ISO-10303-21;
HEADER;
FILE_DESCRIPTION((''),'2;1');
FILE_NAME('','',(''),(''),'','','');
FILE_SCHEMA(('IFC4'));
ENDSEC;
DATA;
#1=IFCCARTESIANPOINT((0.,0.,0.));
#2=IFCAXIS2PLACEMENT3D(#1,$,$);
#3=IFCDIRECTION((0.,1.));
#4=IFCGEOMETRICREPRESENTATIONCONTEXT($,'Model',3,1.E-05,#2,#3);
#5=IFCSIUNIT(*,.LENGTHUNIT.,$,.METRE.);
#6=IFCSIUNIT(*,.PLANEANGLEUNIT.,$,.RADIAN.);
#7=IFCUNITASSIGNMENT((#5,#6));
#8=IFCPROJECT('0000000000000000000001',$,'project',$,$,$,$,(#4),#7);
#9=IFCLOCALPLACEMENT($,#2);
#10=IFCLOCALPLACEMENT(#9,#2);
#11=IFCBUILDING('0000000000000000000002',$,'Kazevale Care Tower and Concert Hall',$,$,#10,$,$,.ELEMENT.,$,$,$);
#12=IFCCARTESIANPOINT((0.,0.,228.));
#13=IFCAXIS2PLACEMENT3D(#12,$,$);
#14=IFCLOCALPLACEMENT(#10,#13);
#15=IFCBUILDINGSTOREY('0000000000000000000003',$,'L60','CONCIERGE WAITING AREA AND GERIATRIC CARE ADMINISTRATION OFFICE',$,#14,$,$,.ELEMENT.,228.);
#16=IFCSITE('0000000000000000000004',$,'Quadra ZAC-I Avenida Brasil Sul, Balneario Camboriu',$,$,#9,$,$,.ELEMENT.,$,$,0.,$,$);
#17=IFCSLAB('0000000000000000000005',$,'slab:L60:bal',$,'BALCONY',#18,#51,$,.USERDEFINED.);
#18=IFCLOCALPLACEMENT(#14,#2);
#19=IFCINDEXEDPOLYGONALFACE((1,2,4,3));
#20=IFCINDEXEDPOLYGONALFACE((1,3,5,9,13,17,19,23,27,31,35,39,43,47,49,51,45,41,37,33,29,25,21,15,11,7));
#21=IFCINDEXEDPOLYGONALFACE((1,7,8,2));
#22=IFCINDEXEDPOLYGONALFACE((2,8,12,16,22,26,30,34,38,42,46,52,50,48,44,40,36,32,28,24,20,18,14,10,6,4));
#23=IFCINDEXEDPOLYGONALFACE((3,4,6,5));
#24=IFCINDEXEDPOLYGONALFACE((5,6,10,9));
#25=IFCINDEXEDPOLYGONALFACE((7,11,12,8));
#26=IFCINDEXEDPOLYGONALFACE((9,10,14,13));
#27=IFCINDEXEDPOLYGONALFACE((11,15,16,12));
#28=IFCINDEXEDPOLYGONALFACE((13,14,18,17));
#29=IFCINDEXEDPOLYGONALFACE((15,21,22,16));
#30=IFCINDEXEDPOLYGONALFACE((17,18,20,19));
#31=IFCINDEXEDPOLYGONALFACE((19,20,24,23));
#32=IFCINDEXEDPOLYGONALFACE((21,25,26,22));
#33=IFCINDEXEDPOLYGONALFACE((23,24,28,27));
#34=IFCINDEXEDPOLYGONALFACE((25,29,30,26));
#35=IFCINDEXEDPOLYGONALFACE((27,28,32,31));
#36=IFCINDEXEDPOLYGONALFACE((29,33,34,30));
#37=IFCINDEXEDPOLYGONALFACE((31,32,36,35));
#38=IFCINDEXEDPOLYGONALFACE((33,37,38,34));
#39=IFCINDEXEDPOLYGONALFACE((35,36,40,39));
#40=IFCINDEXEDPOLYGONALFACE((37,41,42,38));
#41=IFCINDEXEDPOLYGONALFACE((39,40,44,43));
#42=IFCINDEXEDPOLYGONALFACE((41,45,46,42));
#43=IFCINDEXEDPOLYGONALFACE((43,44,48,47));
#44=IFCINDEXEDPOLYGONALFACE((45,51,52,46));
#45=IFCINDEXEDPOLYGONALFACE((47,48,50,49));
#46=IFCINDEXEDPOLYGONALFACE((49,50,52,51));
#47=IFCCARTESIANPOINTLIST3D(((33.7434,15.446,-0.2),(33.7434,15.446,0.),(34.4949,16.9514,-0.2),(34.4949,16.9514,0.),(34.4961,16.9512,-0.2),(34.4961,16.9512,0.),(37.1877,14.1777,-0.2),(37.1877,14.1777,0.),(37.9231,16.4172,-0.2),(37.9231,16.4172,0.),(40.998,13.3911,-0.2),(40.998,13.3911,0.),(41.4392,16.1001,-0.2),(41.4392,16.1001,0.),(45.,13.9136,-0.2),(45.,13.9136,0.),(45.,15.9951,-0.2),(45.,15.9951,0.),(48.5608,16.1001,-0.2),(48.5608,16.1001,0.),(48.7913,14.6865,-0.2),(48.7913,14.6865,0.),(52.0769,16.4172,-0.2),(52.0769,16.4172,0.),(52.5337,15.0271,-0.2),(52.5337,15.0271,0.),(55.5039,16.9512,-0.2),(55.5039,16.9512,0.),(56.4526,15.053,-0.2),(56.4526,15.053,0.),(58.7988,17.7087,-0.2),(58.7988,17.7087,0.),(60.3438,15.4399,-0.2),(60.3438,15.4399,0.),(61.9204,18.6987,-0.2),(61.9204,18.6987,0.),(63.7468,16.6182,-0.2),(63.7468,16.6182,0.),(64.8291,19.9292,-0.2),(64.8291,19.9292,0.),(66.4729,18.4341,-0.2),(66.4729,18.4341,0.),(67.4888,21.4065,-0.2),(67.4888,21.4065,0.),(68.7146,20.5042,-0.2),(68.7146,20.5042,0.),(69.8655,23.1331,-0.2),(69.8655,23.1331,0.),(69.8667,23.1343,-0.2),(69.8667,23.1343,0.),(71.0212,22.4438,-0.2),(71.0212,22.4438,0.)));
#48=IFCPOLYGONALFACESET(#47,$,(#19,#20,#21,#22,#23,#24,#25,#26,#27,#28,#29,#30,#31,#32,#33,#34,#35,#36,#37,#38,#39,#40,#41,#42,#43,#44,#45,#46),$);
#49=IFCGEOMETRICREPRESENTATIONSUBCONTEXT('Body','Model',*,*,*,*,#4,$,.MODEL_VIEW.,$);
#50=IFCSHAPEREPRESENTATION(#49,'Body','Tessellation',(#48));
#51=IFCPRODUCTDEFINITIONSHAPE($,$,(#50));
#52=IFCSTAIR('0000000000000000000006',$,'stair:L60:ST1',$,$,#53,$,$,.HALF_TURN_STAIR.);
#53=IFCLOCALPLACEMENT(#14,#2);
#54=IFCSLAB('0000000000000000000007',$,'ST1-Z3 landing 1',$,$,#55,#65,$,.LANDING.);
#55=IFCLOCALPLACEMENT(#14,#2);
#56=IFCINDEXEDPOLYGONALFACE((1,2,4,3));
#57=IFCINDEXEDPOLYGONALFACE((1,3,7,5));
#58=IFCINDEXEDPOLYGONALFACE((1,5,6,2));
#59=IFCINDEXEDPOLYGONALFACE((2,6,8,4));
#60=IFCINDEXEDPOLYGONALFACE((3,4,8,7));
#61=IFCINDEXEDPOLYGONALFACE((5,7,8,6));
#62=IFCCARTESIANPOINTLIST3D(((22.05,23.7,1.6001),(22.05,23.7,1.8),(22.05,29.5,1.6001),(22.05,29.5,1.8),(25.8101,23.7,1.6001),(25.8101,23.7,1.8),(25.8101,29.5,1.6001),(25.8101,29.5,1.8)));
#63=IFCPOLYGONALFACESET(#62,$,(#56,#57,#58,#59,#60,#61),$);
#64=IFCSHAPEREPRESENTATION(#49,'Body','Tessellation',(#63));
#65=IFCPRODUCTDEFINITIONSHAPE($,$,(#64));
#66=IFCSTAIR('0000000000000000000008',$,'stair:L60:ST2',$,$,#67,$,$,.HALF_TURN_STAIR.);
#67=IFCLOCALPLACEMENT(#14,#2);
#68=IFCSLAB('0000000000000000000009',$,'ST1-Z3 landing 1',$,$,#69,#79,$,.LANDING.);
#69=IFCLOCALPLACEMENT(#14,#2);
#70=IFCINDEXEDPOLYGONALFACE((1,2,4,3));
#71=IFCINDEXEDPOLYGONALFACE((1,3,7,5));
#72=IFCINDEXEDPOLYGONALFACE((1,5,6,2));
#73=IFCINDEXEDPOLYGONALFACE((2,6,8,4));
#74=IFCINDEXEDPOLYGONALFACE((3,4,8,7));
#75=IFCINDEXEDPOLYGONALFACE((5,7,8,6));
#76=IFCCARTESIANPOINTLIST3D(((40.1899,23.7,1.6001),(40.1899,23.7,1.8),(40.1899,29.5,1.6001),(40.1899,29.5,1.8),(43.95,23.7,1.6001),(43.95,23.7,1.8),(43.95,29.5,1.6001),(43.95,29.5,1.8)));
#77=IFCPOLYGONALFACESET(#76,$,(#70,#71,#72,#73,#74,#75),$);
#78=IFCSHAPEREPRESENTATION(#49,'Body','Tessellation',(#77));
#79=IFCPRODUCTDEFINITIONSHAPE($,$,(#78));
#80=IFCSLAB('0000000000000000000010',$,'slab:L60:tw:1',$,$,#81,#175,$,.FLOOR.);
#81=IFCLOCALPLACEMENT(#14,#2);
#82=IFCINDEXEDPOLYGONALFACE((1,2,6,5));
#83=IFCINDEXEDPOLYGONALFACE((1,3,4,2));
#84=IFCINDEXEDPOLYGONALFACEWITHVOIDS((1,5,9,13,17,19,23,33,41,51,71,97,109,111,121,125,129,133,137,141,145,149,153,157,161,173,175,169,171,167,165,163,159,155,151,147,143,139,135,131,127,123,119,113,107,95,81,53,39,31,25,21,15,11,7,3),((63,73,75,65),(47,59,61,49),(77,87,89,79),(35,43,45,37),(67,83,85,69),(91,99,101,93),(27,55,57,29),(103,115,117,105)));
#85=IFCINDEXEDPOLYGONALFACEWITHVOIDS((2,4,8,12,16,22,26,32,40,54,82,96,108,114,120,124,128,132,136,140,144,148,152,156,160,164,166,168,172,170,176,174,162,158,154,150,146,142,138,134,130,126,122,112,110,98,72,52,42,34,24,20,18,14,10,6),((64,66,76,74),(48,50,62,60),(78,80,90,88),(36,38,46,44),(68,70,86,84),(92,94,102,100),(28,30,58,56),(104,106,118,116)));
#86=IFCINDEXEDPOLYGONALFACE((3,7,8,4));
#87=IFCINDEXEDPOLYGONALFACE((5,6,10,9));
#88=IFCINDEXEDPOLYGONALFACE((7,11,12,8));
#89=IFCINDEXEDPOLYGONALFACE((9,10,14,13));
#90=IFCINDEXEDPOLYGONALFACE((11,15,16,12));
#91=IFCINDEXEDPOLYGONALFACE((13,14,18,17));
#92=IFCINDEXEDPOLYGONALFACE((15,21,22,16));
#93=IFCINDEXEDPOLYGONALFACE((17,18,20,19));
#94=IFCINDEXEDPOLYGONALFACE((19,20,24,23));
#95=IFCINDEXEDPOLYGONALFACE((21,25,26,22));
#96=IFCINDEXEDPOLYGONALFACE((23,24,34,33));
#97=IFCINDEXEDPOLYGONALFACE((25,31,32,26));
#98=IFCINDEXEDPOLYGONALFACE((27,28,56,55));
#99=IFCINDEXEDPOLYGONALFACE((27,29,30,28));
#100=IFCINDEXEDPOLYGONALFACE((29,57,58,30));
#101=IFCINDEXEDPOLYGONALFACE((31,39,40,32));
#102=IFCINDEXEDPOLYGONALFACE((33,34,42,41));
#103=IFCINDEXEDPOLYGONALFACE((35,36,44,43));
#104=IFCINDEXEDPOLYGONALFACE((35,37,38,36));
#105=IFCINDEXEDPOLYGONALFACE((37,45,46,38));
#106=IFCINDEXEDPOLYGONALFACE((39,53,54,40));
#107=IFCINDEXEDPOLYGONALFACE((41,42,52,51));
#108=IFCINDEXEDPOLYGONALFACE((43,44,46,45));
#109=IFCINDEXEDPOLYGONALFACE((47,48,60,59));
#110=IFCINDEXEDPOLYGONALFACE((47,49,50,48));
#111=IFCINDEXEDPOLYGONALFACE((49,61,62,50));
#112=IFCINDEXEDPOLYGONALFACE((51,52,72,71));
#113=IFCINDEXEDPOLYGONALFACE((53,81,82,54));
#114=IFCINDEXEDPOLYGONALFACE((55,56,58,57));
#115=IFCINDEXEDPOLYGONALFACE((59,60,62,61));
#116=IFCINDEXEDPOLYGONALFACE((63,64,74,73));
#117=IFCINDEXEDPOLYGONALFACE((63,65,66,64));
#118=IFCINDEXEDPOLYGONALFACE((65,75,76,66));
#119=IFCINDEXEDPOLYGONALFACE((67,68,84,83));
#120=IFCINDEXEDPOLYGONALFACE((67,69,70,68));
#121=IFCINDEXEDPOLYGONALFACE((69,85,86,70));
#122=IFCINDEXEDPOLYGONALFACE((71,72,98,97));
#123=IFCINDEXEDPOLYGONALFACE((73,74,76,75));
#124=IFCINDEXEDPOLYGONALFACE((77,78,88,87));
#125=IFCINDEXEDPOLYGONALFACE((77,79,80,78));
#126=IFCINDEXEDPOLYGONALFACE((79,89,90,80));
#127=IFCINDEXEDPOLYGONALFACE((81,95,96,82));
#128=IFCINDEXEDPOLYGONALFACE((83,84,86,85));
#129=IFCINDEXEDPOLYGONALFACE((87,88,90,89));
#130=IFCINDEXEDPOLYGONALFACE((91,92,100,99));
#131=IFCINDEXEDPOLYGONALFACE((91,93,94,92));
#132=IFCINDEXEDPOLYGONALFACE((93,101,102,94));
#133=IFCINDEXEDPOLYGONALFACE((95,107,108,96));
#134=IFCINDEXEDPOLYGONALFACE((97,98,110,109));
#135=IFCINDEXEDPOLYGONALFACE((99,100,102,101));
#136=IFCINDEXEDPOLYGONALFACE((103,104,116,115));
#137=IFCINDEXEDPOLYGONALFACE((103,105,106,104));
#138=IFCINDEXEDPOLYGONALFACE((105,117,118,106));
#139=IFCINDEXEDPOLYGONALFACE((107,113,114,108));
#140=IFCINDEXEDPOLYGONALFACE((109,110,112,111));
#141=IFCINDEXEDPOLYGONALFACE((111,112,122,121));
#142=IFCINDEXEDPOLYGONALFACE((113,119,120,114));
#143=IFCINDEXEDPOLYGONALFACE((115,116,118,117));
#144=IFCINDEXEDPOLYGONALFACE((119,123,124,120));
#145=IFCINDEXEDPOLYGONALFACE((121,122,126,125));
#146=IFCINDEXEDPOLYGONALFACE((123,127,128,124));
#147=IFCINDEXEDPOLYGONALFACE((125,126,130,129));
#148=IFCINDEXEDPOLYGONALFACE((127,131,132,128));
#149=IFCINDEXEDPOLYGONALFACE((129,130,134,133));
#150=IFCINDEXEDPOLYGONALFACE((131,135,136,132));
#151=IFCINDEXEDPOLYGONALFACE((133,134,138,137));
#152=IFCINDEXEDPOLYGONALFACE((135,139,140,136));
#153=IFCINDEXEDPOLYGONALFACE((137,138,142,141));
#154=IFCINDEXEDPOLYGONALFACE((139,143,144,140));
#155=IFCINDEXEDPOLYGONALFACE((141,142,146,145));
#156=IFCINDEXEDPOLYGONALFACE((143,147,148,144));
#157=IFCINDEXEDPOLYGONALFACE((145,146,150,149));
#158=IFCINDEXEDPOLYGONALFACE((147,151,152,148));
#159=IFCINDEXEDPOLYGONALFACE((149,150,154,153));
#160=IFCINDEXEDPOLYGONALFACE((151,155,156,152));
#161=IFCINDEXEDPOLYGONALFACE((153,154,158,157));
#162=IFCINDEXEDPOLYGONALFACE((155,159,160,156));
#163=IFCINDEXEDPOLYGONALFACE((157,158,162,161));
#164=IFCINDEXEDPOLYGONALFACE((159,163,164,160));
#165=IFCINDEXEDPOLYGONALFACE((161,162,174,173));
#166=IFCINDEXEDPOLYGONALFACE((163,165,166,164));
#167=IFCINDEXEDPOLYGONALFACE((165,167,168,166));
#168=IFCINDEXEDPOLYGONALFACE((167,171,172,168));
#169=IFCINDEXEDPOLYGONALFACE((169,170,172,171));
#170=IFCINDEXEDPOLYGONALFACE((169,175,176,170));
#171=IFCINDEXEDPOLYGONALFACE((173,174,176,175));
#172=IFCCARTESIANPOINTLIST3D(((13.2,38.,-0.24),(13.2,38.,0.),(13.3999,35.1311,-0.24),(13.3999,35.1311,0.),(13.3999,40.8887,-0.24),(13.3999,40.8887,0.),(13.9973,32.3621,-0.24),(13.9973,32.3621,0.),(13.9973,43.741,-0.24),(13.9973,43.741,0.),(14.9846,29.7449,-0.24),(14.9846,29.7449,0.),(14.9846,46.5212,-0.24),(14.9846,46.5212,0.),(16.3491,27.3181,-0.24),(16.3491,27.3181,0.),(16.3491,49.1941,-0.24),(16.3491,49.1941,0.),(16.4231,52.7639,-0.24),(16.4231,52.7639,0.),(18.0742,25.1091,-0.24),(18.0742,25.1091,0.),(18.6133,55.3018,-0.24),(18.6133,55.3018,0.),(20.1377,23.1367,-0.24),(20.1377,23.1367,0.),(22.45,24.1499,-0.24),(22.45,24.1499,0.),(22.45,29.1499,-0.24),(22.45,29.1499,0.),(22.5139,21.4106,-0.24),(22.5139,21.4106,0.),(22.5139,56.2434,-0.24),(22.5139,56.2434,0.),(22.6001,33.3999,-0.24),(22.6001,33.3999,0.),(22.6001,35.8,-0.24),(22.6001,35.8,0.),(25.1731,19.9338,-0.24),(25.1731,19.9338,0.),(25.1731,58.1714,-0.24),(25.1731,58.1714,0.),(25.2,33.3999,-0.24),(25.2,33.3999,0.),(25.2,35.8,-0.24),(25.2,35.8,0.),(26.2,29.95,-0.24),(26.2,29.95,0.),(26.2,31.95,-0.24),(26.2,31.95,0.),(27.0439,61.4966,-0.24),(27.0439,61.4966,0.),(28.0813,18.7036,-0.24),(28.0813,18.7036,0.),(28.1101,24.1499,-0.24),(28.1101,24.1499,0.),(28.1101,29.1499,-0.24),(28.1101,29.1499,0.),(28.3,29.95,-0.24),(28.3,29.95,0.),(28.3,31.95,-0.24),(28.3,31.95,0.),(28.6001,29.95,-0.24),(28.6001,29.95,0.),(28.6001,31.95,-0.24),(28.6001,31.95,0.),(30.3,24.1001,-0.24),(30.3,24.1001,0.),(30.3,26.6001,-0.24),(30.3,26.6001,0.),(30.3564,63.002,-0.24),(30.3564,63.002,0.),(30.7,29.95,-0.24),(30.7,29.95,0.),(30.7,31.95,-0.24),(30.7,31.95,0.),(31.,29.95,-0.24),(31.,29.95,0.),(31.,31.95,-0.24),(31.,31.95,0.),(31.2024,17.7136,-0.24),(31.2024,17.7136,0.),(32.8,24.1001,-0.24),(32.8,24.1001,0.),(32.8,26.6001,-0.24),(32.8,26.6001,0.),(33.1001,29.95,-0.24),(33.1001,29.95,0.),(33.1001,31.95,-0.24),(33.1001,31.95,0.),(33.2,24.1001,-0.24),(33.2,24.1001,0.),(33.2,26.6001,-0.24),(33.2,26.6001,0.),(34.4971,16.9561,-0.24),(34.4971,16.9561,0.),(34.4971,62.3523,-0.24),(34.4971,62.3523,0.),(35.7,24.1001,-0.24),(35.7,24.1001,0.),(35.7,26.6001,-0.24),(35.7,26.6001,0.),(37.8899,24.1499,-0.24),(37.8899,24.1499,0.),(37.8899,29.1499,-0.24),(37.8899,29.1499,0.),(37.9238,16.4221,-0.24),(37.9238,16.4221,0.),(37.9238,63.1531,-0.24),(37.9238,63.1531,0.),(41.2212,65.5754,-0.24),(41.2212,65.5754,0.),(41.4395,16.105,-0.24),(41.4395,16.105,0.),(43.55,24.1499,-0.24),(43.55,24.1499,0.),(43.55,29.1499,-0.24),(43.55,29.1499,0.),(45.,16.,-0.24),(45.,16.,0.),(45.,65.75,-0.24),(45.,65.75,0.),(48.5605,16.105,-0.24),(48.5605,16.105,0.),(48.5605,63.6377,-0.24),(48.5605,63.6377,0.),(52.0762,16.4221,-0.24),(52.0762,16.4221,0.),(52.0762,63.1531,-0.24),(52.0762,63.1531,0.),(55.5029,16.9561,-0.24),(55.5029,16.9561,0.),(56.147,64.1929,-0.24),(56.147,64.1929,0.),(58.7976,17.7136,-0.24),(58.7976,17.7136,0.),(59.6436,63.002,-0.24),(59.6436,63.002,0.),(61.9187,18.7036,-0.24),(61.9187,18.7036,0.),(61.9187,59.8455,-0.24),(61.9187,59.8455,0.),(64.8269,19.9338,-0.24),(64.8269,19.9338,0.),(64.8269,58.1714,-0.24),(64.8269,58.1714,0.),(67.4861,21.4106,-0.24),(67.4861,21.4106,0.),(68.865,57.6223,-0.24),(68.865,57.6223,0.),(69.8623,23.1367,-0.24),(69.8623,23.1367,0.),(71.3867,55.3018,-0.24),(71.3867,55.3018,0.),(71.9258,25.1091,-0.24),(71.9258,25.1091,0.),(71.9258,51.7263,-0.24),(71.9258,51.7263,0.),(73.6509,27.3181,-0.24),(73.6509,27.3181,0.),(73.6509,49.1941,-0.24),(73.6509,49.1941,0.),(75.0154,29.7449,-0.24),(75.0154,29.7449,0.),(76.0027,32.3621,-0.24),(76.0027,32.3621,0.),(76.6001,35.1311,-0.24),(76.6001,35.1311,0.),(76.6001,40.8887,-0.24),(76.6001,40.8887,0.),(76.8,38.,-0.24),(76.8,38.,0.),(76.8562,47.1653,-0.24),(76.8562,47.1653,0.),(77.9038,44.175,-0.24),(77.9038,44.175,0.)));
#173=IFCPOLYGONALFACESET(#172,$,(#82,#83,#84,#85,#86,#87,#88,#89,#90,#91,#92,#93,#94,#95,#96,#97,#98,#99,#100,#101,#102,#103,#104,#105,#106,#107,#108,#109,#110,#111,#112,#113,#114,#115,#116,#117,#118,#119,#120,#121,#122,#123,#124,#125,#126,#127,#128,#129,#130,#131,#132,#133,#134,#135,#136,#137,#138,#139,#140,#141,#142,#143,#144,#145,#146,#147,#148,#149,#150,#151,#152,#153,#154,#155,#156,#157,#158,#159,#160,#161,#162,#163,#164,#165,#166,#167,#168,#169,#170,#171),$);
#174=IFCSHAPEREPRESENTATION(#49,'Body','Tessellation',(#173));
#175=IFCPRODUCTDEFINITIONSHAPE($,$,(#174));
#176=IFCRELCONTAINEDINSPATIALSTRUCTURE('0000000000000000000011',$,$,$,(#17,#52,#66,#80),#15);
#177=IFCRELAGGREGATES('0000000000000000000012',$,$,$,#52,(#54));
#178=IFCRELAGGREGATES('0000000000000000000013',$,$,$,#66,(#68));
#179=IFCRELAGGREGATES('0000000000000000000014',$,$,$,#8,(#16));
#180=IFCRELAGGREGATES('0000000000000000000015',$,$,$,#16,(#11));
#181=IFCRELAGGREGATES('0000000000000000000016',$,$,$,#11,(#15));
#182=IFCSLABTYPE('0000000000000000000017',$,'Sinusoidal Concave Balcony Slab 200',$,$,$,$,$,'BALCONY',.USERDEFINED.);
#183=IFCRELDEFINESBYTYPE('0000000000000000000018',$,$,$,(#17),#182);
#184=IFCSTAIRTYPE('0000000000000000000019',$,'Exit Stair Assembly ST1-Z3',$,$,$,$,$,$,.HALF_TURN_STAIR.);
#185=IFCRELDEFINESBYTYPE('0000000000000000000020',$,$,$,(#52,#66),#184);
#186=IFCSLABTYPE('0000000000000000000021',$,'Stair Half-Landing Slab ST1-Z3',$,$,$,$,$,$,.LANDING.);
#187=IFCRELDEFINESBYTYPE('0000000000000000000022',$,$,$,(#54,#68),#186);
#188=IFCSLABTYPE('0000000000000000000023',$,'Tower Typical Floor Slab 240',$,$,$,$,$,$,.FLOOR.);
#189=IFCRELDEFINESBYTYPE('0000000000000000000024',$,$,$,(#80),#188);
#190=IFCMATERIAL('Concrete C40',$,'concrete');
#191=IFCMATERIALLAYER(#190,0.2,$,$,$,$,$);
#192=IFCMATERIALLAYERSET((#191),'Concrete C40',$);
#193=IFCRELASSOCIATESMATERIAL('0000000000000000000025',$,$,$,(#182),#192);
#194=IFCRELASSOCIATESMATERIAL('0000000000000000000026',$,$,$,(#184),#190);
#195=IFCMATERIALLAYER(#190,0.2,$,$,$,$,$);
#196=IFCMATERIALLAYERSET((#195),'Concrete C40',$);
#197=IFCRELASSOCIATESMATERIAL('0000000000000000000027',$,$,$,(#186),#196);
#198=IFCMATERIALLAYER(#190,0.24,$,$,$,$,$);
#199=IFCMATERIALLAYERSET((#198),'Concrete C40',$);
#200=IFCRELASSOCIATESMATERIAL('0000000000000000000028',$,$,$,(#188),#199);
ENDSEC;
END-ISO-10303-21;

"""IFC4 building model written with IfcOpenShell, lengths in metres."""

from ifc_helpers import new_model, si_unit, direction, frame, origin, place, context, subcontext, project, spatial, polyline, outline, extrude, material, layer, layer_set, type_object, element, aggregate, save


model = new_model("IFC4")

# Units and contexts
model_context = context("Model", 3, precision=1e-05, world=origin(), true_north=direction((0.0, 1.0)))
body_context = subcontext(model_context, "Body", "Model", "MODEL_VIEW")
ifc_project = project(units=[si_unit("LENGTHUNIT", "METRE"), si_unit("PLANEANGLEUNIT", "RADIAN")], contexts=[model_context])

# Site, building, storey
site_placement = place(None, origin())
site = spatial("IfcSite", under=ifc_project, at=site_placement, Name="Quadra ZAC-I Avenida Brasil Sul, Balneario Camboriu", CompositionType="ELEMENT", RefElevation=0.0)
building_placement = place(site_placement, origin())
building = spatial("IfcBuilding", under=site, at=building_placement, Name="Kazevale Care Tower and Concert Hall", CompositionType="ELEMENT")
storey_placement = place(building_placement, frame((0.0, 0.0, 228.0)))
storey = spatial("IfcBuildingStorey", under=building, at=storey_placement, Name="L60", Description="CONCIERGE WAITING AREA AND GERIATRIC CARE ADMINISTRATION OFFICE", CompositionType="ELEMENT", Elevation=228.0)

# Slab
ifc_material_1 = material(Name="Concrete C40", Category="concrete")
ifc_layer_1 = layer(ifc_material_1, 0.2)
ifc_layer_set_1 = layer_set([ifc_layer_1], Name="Concrete C40")
slab_type_1 = type_object("IfcSlabType", Name="Sinusoidal Concave Balcony Slab 200", ElementType="BALCONY", PredefinedType="USERDEFINED", material=ifc_layer_set_1)
slab_1_placement = place(storey_placement, frame((0.0, 0.0, -0.2)))
element("IfcSlab", 1, at=slab_1_placement, inside=storey, type_object=slab_type_1, Name="slab:L60:bal", ObjectType="BALCONY", PredefinedType="USERDEFINED", context=body_context, shape_type="SweptSolid", body=[
    extrude(outline(polyline([(71.0212, 22.4438), (68.7146, 20.5042), (66.4729, 18.4341), (63.7468, 16.6182), (60.3438, 15.4399), (56.4526, 15.053), (52.5337, 15.0271), (48.7913, 14.6865), (45.0, 13.9136), (40.998, 13.3911), (37.1877, 14.1777), (33.7434, 15.446), (34.4949, 16.9514), (34.4961, 16.9512), (37.9231, 16.4172), (41.4392, 16.1001), (45.0, 15.9951), (48.5608, 16.1001), (52.0769, 16.4172), (55.5039, 16.9512), (58.7988, 17.7087), (61.9204, 18.6987), (64.8291, 19.9292), (67.4888, 21.4065), (69.8655, 23.1331), (69.8667, 23.1343), (71.0212, 22.4438)])), origin(), (0.0, 0.0, 1.0), 0.2),
])

# Stairs, slabs
stair_type = type_object("IfcStairType", Name="Exit Stair Assembly ST1-Z3", PredefinedType="HALF_TURN_STAIR", material=ifc_material_1)
stair_1_placement = place(storey_placement, origin())
stair_1 = element("IfcStair", 2, at=stair_1_placement, inside=storey, type_object=stair_type, Name="stair:L60:ST1", PredefinedType="HALF_TURN_STAIR")
ifc_layer_2 = layer(ifc_material_1, 0.2)
ifc_layer_set_2 = layer_set([ifc_layer_2], Name="Concrete C40")
slab_type_2 = type_object("IfcSlabType", Name="Stair Half-Landing Slab ST1-Z3", PredefinedType="LANDING", material=ifc_layer_set_2)
slab_2_placement = place(storey_placement, frame((0.0, 0.0, 1.6001)))
slab_2 = element("IfcSlab", 3, at=slab_2_placement, type_object=slab_type_2, Name="ST1-Z3 landing 1", PredefinedType="LANDING", context=body_context, shape_type="SweptSolid", body=[
    extrude(outline(polyline([(22.05, 23.7), (25.8101, 23.7), (25.8101, 29.5), (22.05, 29.5), (22.05, 23.7)])), origin(), (0.0, 0.0, 1.0), 0.2),
])
aggregate(stair_1, [slab_2])
stair_2_placement = place(storey_placement, origin())
stair_2 = element("IfcStair", 4, at=stair_2_placement, inside=storey, type_object=stair_type, Name="stair:L60:ST2", PredefinedType="HALF_TURN_STAIR")
slab_3_placement = place(storey_placement, frame((0.0, 0.0, 1.6001)))
slab_3 = element("IfcSlab", 5, at=slab_3_placement, type_object=slab_type_2, Name="ST1-Z3 landing 1", PredefinedType="LANDING", context=body_context, shape_type="SweptSolid", body=[
    extrude(outline(polyline([(40.1899, 23.7), (43.95, 23.7), (43.95, 29.5), (40.1899, 29.5), (40.1899, 23.7)])), origin(), (0.0, 0.0, 1.0), 0.2),
])
aggregate(stair_2, [slab_3])

# Slab
ifc_layer_3 = layer(ifc_material_1, 0.24)
ifc_layer_set_3 = layer_set([ifc_layer_3], Name="Concrete C40")
slab_type_3 = type_object("IfcSlabType", Name="Tower Typical Floor Slab 240", PredefinedType="FLOOR", material=ifc_layer_set_3)
slab_4_placement = place(storey_placement, frame((0.0, 0.0, -0.24)))
element("IfcSlab", 6, at=slab_4_placement, inside=storey, type_object=slab_type_3, Name="slab:L60:tw:1", PredefinedType="FLOOR", context=body_context, shape_type="SweptSolid", body=[
    extrude(outline(polyline([(76.8, 38.0), (76.6001, 40.8887), (77.9038, 44.175), (76.8562, 47.1653), (73.6509, 49.1941), (71.9258, 51.7263), (71.3867, 55.3018), (68.865, 57.6223), (64.8269, 58.1714), (61.9187, 59.8455), (59.6436, 63.002), (56.147, 64.1929), (52.0762, 63.1531), (48.5605, 63.6377), (45.0, 65.75), (41.2212, 65.5754), (37.9238, 63.1531), (34.4971, 62.3523), (30.3564, 63.002), (27.0439, 61.4966), (25.1731, 58.1714), (22.5139, 56.2434), (18.6133, 55.3018), (16.4231, 52.7639), (16.3491, 49.1941), (14.9846, 46.5212), (13.9973, 43.741), (13.3999, 40.8887), (13.2, 38.0), (13.3999, 35.1311), (13.9973, 32.3621), (14.9846, 29.7449), (16.3491, 27.3181), (18.0742, 25.1091), (20.1377, 23.1367), (22.5139, 21.4106), (25.1731, 19.9338), (28.0813, 18.7036), (31.2024, 17.7136), (34.4971, 16.9561), (37.9238, 16.4221), (41.4395, 16.105), (45.0, 16.0), (48.5605, 16.105), (52.0762, 16.4221), (55.5029, 16.9561), (58.7976, 17.7136), (61.9187, 18.7036), (64.8269, 19.9338), (67.4861, 21.4106), (69.8623, 23.1367), (71.9258, 25.1091), (73.6509, 27.3181), (75.0154, 29.7449), (76.0027, 32.3621), (76.6001, 35.1311), (76.8, 38.0)]), holes=[polyline([(22.45, 24.1499), (28.1101, 24.1499), (28.1101, 29.1499), (22.45, 29.1499), (22.45, 24.1499)]), polyline([(37.8899, 24.1499), (43.55, 24.1499), (43.55, 29.1499), (37.8899, 29.1499), (37.8899, 24.1499)]), polyline([(30.3, 24.1001), (32.8, 24.1001), (32.8, 26.6001), (30.3, 26.6001), (30.3, 24.1001)]), polyline([(33.2, 24.1001), (35.7, 24.1001), (35.7, 26.6001), (33.2, 26.6001), (33.2, 24.1001)]), polyline([(22.6001, 33.3999), (25.2, 33.3999), (25.2, 35.8), (22.6001, 35.8), (22.6001, 33.3999)]), polyline([(26.2, 29.95), (28.3, 29.95), (28.3, 31.95), (26.2, 31.95), (26.2, 29.95)]), polyline([(28.6001, 29.95), (30.7, 29.95), (30.7, 31.95), (28.6001, 31.95), (28.6001, 29.95)]), polyline([(31.0, 29.95), (33.1001, 29.95), (33.1001, 31.95), (31.0, 31.95), (31.0, 29.95)])]), origin(), (0.0, 0.0, 1.0), 0.24),
])

save(model, "model.ifc")
